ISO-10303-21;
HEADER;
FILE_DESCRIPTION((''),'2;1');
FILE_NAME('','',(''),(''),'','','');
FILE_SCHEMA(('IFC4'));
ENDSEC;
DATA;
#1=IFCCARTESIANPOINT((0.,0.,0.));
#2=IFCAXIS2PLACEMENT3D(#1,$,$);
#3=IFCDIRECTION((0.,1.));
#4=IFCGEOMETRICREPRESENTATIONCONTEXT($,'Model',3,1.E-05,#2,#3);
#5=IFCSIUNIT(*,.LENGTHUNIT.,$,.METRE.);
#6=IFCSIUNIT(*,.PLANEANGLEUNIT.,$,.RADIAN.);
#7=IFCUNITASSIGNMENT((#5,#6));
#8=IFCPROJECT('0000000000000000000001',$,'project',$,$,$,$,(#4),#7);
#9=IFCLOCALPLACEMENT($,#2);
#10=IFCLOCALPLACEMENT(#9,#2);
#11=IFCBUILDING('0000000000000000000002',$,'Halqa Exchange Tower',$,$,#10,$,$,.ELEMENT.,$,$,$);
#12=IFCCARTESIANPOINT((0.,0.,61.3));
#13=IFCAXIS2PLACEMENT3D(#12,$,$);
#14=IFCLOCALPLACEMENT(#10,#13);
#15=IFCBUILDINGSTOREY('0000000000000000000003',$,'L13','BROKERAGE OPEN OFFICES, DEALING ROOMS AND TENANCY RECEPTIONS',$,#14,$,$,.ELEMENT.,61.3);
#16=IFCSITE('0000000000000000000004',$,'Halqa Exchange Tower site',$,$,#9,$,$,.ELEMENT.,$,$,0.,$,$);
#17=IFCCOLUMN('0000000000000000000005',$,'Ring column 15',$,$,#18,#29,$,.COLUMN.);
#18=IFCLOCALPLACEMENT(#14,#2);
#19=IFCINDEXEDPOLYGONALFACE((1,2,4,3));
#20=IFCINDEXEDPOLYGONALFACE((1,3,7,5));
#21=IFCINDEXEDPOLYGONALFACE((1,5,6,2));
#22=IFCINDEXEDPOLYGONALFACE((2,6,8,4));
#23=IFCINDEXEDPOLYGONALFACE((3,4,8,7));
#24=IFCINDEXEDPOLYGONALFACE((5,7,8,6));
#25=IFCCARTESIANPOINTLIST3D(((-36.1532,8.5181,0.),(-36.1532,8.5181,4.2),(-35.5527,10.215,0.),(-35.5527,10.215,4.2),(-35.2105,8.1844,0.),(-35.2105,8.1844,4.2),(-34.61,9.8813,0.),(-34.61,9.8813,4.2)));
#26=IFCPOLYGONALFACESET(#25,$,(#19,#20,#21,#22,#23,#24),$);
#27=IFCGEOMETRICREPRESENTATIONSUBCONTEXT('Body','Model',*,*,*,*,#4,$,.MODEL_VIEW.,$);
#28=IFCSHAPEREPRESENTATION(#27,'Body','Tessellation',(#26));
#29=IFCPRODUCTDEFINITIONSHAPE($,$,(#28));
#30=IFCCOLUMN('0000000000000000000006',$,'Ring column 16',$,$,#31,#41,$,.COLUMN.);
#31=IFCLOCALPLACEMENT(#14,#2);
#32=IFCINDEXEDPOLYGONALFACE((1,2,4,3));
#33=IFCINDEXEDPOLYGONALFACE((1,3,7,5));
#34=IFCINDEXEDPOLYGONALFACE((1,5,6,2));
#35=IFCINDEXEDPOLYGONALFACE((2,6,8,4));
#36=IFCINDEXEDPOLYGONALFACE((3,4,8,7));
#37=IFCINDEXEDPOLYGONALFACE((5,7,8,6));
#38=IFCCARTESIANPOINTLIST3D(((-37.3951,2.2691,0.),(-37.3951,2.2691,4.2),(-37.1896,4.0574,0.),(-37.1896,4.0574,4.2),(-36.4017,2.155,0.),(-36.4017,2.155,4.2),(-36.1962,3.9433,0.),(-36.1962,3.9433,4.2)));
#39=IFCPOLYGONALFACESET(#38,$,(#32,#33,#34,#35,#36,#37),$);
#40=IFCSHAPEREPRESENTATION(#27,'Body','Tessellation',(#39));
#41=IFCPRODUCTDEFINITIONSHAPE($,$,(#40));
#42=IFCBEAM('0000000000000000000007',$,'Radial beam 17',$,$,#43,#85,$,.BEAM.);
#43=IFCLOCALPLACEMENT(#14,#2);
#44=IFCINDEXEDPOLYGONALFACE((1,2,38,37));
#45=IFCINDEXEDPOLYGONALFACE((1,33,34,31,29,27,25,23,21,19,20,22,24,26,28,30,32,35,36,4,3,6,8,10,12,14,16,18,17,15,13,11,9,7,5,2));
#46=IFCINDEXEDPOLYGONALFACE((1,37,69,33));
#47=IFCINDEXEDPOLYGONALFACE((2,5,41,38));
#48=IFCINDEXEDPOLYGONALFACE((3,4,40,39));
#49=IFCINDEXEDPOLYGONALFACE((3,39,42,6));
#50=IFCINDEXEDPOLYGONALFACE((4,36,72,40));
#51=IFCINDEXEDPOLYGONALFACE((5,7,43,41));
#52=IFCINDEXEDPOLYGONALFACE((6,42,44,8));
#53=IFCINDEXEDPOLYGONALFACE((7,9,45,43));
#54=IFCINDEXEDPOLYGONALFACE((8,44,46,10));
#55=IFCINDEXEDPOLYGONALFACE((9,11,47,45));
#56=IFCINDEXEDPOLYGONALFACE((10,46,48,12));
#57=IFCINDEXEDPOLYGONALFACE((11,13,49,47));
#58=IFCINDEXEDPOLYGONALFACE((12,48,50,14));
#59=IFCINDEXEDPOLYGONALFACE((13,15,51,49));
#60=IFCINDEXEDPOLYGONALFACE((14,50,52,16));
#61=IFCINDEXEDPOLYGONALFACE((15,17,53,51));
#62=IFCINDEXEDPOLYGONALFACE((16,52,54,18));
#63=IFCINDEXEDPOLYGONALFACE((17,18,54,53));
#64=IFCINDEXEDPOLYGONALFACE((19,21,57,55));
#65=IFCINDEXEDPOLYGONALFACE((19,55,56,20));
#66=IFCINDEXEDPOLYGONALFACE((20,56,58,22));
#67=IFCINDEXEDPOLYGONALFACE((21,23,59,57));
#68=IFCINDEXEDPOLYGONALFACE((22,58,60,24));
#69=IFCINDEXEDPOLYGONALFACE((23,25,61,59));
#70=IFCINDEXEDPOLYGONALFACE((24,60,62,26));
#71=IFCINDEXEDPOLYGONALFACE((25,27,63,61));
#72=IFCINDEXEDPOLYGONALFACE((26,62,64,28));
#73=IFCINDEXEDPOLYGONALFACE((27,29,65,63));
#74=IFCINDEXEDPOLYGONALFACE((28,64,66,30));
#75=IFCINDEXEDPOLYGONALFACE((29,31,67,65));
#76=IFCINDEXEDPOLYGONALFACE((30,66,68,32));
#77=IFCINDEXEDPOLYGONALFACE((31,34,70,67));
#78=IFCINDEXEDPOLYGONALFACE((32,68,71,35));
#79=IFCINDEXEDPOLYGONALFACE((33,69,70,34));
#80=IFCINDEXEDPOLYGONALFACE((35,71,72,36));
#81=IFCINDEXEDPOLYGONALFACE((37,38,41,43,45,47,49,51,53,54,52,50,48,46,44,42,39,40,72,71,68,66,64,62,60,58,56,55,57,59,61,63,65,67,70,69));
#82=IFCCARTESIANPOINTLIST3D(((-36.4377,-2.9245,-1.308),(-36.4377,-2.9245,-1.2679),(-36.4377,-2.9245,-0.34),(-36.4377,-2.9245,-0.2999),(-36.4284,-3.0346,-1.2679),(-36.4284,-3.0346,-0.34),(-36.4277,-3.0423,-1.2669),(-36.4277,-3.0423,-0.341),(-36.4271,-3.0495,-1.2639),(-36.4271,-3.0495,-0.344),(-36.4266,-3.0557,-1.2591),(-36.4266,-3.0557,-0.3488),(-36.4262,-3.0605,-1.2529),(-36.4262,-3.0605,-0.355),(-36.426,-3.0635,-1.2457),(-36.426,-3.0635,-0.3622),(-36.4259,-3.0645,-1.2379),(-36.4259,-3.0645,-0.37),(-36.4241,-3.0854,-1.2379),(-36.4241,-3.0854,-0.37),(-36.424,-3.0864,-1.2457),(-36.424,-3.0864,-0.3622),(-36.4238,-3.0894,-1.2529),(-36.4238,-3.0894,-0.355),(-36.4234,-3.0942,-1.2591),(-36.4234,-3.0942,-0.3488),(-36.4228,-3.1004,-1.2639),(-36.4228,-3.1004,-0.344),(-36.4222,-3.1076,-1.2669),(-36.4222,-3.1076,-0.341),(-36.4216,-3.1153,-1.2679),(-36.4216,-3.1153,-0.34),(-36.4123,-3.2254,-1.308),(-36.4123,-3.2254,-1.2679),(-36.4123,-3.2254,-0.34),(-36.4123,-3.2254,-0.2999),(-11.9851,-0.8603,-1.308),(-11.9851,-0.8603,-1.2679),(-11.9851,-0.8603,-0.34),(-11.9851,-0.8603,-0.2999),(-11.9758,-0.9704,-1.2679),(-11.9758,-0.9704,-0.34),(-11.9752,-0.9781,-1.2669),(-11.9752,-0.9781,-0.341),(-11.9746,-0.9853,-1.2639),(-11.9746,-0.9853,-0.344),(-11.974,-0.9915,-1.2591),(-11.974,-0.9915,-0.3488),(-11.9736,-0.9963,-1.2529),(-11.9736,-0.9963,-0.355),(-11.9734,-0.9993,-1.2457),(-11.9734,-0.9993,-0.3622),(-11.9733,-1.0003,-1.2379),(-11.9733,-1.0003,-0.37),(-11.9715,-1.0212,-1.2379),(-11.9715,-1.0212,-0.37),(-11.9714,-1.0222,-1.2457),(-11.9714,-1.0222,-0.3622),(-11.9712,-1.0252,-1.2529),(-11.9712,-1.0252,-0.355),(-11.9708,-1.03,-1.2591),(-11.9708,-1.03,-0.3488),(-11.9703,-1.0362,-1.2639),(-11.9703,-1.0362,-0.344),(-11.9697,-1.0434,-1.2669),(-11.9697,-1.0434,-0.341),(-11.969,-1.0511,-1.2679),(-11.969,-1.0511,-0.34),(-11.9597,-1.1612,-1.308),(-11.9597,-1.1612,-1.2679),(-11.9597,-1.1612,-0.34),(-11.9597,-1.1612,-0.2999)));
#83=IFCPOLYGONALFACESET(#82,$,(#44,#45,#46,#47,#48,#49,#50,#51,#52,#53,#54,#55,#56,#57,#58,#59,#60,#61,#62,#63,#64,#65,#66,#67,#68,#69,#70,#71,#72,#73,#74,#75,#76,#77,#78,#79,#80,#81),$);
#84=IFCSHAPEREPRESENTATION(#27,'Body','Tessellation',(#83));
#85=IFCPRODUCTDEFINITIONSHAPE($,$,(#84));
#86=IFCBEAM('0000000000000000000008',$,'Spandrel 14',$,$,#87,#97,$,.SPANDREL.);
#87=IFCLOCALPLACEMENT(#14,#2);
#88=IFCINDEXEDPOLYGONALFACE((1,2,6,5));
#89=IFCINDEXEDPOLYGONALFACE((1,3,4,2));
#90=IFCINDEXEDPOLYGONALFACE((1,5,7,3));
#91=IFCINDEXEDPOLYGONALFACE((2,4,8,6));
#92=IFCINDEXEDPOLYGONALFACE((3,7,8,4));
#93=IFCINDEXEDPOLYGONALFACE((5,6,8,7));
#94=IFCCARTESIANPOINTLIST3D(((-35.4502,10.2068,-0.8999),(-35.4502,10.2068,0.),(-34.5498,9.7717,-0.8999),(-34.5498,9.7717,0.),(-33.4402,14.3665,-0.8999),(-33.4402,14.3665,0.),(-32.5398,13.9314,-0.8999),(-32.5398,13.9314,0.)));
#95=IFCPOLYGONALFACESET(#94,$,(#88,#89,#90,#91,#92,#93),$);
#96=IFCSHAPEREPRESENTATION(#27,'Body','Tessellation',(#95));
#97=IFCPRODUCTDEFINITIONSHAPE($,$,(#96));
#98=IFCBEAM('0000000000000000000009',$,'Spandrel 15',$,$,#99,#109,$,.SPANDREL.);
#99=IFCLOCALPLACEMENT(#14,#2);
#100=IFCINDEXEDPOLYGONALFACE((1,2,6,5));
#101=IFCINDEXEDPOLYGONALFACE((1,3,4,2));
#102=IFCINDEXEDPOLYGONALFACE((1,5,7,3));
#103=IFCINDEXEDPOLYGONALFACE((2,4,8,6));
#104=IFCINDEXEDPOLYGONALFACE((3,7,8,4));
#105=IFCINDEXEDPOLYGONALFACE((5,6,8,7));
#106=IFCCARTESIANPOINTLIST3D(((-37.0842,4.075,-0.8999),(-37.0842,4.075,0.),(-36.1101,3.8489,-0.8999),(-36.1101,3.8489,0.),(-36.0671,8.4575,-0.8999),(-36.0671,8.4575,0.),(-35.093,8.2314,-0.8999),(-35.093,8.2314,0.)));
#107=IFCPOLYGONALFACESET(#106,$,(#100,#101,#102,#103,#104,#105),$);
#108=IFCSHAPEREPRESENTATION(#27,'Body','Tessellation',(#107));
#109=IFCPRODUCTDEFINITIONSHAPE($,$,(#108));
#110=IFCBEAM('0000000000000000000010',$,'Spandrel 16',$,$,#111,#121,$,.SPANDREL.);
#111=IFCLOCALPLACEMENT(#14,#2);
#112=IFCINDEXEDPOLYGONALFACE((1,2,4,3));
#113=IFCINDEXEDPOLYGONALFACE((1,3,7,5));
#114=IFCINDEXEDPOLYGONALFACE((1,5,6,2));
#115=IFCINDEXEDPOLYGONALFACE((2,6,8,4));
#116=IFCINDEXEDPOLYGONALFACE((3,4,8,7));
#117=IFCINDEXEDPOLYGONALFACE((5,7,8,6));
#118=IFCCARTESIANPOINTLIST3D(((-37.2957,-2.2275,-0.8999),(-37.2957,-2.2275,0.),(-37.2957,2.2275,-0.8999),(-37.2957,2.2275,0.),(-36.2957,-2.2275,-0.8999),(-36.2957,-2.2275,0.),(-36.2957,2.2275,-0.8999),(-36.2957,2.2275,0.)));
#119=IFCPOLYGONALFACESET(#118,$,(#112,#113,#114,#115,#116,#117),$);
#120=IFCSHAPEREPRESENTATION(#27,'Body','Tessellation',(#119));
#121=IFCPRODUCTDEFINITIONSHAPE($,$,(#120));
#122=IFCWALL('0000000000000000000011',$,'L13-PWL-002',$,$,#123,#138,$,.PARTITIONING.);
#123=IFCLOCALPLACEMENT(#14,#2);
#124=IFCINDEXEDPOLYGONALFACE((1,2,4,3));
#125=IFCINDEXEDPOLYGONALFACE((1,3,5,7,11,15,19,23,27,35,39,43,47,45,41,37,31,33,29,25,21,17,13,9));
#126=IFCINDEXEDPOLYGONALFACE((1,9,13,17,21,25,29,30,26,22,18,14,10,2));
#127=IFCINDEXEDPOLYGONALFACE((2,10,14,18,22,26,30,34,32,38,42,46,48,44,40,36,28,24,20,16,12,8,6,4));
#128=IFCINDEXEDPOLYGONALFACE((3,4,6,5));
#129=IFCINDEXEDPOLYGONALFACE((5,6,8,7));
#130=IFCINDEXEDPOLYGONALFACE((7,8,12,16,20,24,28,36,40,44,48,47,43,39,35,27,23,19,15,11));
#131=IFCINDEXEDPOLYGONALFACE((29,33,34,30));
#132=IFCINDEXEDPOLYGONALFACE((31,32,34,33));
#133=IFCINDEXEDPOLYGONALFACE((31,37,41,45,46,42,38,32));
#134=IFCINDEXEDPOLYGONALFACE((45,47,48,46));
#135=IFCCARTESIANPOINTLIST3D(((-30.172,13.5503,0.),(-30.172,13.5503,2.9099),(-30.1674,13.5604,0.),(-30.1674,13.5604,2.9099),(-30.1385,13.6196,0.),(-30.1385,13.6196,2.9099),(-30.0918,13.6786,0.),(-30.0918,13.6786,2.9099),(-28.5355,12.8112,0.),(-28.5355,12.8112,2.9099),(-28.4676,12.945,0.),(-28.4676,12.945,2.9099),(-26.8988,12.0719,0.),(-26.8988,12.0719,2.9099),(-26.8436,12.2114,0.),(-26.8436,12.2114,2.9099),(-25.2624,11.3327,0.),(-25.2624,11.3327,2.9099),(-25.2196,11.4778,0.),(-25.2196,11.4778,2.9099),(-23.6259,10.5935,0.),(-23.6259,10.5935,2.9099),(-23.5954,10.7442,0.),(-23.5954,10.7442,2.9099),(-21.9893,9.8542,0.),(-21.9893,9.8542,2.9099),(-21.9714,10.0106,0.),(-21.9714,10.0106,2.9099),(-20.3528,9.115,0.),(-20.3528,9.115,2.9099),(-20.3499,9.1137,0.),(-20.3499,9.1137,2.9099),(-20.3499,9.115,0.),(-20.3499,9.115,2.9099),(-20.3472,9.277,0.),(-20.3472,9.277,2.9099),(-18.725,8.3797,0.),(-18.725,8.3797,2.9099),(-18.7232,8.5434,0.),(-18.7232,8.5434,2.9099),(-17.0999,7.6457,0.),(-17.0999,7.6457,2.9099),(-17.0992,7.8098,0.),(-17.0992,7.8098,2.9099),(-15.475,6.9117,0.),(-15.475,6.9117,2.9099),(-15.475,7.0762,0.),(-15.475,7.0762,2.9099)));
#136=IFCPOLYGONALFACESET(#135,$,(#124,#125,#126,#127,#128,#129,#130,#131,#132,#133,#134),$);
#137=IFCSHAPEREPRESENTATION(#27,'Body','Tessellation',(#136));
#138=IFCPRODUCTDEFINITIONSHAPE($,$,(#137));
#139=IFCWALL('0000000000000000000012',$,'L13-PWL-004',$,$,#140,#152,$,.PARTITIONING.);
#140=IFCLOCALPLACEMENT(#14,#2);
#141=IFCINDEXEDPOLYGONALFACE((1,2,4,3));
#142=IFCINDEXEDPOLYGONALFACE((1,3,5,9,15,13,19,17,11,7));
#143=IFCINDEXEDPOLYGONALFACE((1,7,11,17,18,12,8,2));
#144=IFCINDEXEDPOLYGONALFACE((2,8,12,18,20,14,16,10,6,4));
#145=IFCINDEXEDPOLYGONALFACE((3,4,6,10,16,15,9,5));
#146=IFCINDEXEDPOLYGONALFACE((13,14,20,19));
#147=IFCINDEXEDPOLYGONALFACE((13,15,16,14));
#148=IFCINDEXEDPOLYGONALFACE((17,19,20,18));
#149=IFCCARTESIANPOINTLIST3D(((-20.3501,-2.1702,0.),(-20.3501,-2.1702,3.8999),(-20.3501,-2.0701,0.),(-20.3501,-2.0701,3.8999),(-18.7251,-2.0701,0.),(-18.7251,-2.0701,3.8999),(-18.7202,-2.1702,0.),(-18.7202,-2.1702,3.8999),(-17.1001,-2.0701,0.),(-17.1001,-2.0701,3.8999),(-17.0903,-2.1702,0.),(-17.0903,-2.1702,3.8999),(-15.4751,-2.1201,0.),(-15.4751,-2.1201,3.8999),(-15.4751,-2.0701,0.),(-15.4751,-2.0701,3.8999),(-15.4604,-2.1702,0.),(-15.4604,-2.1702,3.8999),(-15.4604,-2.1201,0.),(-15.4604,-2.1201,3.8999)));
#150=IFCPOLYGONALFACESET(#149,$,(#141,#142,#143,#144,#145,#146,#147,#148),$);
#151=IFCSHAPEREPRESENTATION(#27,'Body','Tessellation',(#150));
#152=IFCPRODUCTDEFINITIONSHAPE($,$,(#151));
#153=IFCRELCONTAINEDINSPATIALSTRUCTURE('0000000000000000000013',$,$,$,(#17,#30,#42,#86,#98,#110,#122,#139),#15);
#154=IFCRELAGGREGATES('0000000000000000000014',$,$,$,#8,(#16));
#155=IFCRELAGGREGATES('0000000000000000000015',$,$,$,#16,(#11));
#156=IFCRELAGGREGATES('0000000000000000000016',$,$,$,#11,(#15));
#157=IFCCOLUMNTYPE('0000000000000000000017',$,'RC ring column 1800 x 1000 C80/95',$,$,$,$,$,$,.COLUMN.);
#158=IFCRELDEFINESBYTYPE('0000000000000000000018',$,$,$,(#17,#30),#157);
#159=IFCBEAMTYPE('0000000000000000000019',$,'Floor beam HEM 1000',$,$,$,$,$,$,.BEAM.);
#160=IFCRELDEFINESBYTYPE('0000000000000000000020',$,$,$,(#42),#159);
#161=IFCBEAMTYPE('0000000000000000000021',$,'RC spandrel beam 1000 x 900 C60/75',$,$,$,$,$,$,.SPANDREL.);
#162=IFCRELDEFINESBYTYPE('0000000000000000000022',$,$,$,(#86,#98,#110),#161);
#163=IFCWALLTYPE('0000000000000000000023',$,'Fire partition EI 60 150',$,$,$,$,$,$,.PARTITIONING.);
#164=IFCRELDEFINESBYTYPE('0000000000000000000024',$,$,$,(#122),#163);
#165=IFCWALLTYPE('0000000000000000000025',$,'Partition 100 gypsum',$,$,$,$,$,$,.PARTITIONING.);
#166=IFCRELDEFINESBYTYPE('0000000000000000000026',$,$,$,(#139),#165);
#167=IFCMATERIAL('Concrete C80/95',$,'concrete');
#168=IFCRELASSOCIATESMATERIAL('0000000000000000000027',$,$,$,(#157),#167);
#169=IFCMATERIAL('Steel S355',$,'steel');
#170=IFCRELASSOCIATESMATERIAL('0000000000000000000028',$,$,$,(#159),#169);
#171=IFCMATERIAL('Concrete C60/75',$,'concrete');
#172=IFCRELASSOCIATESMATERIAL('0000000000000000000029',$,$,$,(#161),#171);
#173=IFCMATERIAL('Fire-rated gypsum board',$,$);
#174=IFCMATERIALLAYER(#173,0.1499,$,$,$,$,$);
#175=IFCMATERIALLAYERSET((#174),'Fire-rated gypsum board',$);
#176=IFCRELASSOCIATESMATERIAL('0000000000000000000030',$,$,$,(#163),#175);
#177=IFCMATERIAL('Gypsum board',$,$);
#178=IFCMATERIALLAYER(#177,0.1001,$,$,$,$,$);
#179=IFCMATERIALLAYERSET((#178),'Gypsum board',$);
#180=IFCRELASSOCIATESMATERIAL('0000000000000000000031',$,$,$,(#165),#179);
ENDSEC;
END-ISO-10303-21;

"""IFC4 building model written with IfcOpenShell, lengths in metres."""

from ifc_helpers import new_model, si_unit, direction, frame, origin, origin_2d, place, context, subcontext, project, spatial, polyline, rectangle, i_section, outline, extrude, material, layer, layer_set, material_profile, profile_set, type_object, element, save


model = new_model("IFC4")

# Units and contexts
model_context = context("Model", 3, precision=1e-05, world=origin(), true_north=direction((0.0, 1.0)))
body_context = subcontext(model_context, "Body", "Model", "MODEL_VIEW")
ifc_project = project(units=[si_unit("LENGTHUNIT", "METRE"), si_unit("PLANEANGLEUNIT", "RADIAN")], contexts=[model_context])

# Site, building, storey
site_placement = place(None, origin())
site = spatial("IfcSite", under=ifc_project, at=site_placement, Name="Halqa Exchange Tower site", CompositionType="ELEMENT", RefElevation=0.0)
building_placement = place(site_placement, origin())
building = spatial("IfcBuilding", under=site, at=building_placement, Name="Halqa Exchange Tower", CompositionType="ELEMENT")
storey_placement = place(building_placement, frame((0.0, 0.0, 61.3)))
storey = spatial("IfcBuildingStorey", under=building, at=storey_placement, Name="L13", Description="BROKERAGE OPEN OFFICES, DEALING ROOMS AND TENANCY RECEPTIONS", CompositionType="ELEMENT", Elevation=61.3)

# Columns
ifc_material_1 = material(Name="Concrete C80/95", Category="concrete")
ifc_material_profile_1 = material_profile(ifc_material_1, rectangle(XDim=1.8, YDim=1.0, at=origin_2d()), Name="1800 x 1000")
ifc_profile_set_1 = profile_set([ifc_material_profile_1], Name="Concrete C80/95")
column_type = type_object("IfcColumnType", Name="RC ring column 1800 x 1000 C80/95", PredefinedType="COLUMN", material=ifc_profile_set_1)
for number, where, z_axis, x_axis, name in (
    (1, (-35.3816, 9.1997, 0.0), (0.0, 0.0, 1.0), (-0.333629, -0.942704, 0.0), "Ring column 15"),
    (2, (-36.7957, 3.1062, 0.0), (0.0, 0.0, 1.0), (-0.11416, -0.993462, 0.0), "Ring column 16"),
):
    element("IfcColumn", number, at=place(storey_placement, frame(where, z_axis=z_axis, x_axis=x_axis)), inside=storey, type_object=column_type, Name=name, PredefinedType="COLUMN", context=body_context, shape_type="SweptSolid", body=[
        extrude(rectangle(XDim=1.8, YDim=1.0, at=origin_2d()), origin(), (0.0, 0.0, 1.0), 4.2),
    ])

# Beams
ifc_material_2 = material(Name="Steel S355", Category="steel")
ifc_material_profile_2 = material_profile(ifc_material_2, i_section(OverallWidth=0.302, OverallDepth=1.0081, WebThickness=0.021, FlangeThickness=0.04, FilletRadius=0.03, at=origin_2d()), Name="HEM 1000")
ifc_profile_set_2 = profile_set([ifc_material_profile_2], Name="Steel S355")
beam_type_1 = type_object("IfcBeamType", Name="Floor beam HEM 1000", PredefinedType="BEAM", material=ifc_profile_set_2)
beam_1_placement = place(storey_placement, frame((-11.9724, -1.0107, -0.804), z_axis=(-0.996456, -0.084117, 0.0), x_axis=(0.084117, -0.996456, 0.0)))
element("IfcBeam", 3, at=beam_1_placement, inside=storey, type_object=beam_type_1, Name="Radial beam 17", PredefinedType="BEAM", context=body_context, shape_type="SweptSolid", body=[
    extrude(i_section(OverallWidth=0.302, OverallDepth=1.0081, WebThickness=0.021, FlangeThickness=0.04, FilletRadius=0.03, at=origin_2d()), origin(), (0.0, 0.0, 1.0), 24.5396),
])
ifc_material_3 = material(Name="Concrete C60/75", Category="concrete")
ifc_material_profile_3 = material_profile(ifc_material_3, rectangle(XDim=1.0, YDim=0.8999, at=origin_2d()), Name="1000 x 900")
ifc_profile_set_3 = profile_set([ifc_material_profile_3], Name="Concrete C60/75")
beam_type_2 = type_object("IfcBeamType", Name="RC spandrel beam 1000 x 900 C60/75", PredefinedType="SPANDREL", material=ifc_profile_set_3)
beam_2_placement = place(storey_placement, frame((-32.99, 14.1489, -0.45), z_axis=(-0.435082, -0.900391, 0.0), x_axis=(0.900391, -0.435082, 0.0)))
element("IfcBeam", 4, at=beam_2_placement, inside=storey, type_object=beam_type_2, Name="Spandrel 14", PredefinedType="SPANDREL", context=body_context, shape_type="SweptSolid", body=[
    extrude(rectangle(XDim=1.0, YDim=0.8999, at=origin_2d()), origin(), (0.0, 0.0, 1.0), 4.6199),
])
beam_3_placement = place(storey_placement, frame((-35.5801, 8.3445, -0.45), z_axis=(-0.226068, -0.974111, 0.0), x_axis=(0.974111, -0.226068, 0.0)))
element("IfcBeam", 5, at=beam_3_placement, inside=storey, type_object=beam_type_2, Name="Spandrel 15", PredefinedType="SPANDREL", context=body_context, shape_type="SweptSolid", body=[
    extrude(rectangle(XDim=1.0, YDim=0.8999, at=origin_2d()), origin(), (0.0, 0.0, 1.0), 4.499),
])
beam_4_placement = place(storey_placement, frame((-36.7957, 2.2275, -0.45), z_axis=(0.0, -1.0, 0.0), x_axis=(1.0, 0.0, 0.0)))
element("IfcBeam", 6, at=beam_4_placement, inside=storey, type_object=beam_type_2, Name="Spandrel 16", PredefinedType="SPANDREL", context=body_context, shape_type="SweptSolid", body=[
    extrude(rectangle(XDim=1.0, YDim=0.8999, at=origin_2d()), origin(), (0.0, 0.0, 1.0), 4.4551),
])

# Wall
ifc_material_4 = material(Name="Fire-rated gypsum board")
ifc_layer_1 = layer(ifc_material_4, 0.1499)
ifc_layer_set_1 = layer_set([ifc_layer_1], Name="Fire-rated gypsum board")
wall_type_1 = type_object("IfcWallType", Name="Fire partition EI 60 150", PredefinedType="PARTITIONING", material=ifc_layer_set_1)
wall_1_placement = place(storey_placement, frame((-30.1411, 13.6187, 0.0), z_axis=(0.0, 0.0, 1.0), x_axis=(0.91134, -0.411654, 0.0)))
element("IfcWall", 7, at=wall_1_placement, inside=storey, type_object=wall_type_1, Name="L13-PWL-002", PredefinedType="PARTITIONING", context=body_context, shape_type="SweptSolid", body=[
    extrude(outline(polyline([(0.0, -0.075), (1.7957, -0.075), (3.5916, -0.075), (5.3872, -0.075), (7.1829, -0.075), (8.9788, -0.075), (10.7744, -0.075), (10.7771, -0.0737), (10.7776, -0.075), (12.5605, -0.075), (14.3438, -0.075), (16.1267, -0.075), (16.1267, -0.075), (16.0591, 0.075), (14.2769, 0.075), (12.4949, 0.075), (10.7129, 0.075), (8.9307, 0.075), (7.1487, 0.075), (5.3665, 0.075), (3.5845, 0.075), (1.8025, 0.075), (0.0203, 0.075), (0.002, 0.002), (0.0, -0.064), (0.0, -0.075)])), origin(), (0.0, 0.0, 1.0), 2.9099),
])

# Wall
ifc_material_5 = material(Name="Gypsum board")
ifc_layer_2 = layer(ifc_material_5, 0.1001)
ifc_layer_set_2 = layer_set([ifc_layer_2], Name="Gypsum board")
wall_type_2 = type_object("IfcWallType", Name="Partition 100 gypsum", PredefinedType="PARTITIONING", material=ifc_layer_set_2)
wall_2_placement = place(storey_placement, frame((-20.3501, -2.1201, 0.0), z_axis=(0.0, 0.0, 1.0), x_axis=(1.0, 0.0, 0.0)))
element("IfcWall", 8, at=wall_2_placement, inside=storey, type_object=wall_type_2, Name="L13-PWL-004", PredefinedType="PARTITIONING", context=body_context, shape_type="SweptSolid", body=[
    extrude(outline(polyline([(4.8896, -0.05), (4.8896, 0.0), (4.875, 0.0), (4.875, 0.05), (3.25, 0.05), (1.625, 0.05), (0.0, 0.05), (0.0, -0.05), (1.6299, -0.05), (3.2598, -0.05), (4.8896, -0.05)])), origin(), (0.0, 0.0, 1.0), 3.8999),
])

save(model, "model.ifc")
